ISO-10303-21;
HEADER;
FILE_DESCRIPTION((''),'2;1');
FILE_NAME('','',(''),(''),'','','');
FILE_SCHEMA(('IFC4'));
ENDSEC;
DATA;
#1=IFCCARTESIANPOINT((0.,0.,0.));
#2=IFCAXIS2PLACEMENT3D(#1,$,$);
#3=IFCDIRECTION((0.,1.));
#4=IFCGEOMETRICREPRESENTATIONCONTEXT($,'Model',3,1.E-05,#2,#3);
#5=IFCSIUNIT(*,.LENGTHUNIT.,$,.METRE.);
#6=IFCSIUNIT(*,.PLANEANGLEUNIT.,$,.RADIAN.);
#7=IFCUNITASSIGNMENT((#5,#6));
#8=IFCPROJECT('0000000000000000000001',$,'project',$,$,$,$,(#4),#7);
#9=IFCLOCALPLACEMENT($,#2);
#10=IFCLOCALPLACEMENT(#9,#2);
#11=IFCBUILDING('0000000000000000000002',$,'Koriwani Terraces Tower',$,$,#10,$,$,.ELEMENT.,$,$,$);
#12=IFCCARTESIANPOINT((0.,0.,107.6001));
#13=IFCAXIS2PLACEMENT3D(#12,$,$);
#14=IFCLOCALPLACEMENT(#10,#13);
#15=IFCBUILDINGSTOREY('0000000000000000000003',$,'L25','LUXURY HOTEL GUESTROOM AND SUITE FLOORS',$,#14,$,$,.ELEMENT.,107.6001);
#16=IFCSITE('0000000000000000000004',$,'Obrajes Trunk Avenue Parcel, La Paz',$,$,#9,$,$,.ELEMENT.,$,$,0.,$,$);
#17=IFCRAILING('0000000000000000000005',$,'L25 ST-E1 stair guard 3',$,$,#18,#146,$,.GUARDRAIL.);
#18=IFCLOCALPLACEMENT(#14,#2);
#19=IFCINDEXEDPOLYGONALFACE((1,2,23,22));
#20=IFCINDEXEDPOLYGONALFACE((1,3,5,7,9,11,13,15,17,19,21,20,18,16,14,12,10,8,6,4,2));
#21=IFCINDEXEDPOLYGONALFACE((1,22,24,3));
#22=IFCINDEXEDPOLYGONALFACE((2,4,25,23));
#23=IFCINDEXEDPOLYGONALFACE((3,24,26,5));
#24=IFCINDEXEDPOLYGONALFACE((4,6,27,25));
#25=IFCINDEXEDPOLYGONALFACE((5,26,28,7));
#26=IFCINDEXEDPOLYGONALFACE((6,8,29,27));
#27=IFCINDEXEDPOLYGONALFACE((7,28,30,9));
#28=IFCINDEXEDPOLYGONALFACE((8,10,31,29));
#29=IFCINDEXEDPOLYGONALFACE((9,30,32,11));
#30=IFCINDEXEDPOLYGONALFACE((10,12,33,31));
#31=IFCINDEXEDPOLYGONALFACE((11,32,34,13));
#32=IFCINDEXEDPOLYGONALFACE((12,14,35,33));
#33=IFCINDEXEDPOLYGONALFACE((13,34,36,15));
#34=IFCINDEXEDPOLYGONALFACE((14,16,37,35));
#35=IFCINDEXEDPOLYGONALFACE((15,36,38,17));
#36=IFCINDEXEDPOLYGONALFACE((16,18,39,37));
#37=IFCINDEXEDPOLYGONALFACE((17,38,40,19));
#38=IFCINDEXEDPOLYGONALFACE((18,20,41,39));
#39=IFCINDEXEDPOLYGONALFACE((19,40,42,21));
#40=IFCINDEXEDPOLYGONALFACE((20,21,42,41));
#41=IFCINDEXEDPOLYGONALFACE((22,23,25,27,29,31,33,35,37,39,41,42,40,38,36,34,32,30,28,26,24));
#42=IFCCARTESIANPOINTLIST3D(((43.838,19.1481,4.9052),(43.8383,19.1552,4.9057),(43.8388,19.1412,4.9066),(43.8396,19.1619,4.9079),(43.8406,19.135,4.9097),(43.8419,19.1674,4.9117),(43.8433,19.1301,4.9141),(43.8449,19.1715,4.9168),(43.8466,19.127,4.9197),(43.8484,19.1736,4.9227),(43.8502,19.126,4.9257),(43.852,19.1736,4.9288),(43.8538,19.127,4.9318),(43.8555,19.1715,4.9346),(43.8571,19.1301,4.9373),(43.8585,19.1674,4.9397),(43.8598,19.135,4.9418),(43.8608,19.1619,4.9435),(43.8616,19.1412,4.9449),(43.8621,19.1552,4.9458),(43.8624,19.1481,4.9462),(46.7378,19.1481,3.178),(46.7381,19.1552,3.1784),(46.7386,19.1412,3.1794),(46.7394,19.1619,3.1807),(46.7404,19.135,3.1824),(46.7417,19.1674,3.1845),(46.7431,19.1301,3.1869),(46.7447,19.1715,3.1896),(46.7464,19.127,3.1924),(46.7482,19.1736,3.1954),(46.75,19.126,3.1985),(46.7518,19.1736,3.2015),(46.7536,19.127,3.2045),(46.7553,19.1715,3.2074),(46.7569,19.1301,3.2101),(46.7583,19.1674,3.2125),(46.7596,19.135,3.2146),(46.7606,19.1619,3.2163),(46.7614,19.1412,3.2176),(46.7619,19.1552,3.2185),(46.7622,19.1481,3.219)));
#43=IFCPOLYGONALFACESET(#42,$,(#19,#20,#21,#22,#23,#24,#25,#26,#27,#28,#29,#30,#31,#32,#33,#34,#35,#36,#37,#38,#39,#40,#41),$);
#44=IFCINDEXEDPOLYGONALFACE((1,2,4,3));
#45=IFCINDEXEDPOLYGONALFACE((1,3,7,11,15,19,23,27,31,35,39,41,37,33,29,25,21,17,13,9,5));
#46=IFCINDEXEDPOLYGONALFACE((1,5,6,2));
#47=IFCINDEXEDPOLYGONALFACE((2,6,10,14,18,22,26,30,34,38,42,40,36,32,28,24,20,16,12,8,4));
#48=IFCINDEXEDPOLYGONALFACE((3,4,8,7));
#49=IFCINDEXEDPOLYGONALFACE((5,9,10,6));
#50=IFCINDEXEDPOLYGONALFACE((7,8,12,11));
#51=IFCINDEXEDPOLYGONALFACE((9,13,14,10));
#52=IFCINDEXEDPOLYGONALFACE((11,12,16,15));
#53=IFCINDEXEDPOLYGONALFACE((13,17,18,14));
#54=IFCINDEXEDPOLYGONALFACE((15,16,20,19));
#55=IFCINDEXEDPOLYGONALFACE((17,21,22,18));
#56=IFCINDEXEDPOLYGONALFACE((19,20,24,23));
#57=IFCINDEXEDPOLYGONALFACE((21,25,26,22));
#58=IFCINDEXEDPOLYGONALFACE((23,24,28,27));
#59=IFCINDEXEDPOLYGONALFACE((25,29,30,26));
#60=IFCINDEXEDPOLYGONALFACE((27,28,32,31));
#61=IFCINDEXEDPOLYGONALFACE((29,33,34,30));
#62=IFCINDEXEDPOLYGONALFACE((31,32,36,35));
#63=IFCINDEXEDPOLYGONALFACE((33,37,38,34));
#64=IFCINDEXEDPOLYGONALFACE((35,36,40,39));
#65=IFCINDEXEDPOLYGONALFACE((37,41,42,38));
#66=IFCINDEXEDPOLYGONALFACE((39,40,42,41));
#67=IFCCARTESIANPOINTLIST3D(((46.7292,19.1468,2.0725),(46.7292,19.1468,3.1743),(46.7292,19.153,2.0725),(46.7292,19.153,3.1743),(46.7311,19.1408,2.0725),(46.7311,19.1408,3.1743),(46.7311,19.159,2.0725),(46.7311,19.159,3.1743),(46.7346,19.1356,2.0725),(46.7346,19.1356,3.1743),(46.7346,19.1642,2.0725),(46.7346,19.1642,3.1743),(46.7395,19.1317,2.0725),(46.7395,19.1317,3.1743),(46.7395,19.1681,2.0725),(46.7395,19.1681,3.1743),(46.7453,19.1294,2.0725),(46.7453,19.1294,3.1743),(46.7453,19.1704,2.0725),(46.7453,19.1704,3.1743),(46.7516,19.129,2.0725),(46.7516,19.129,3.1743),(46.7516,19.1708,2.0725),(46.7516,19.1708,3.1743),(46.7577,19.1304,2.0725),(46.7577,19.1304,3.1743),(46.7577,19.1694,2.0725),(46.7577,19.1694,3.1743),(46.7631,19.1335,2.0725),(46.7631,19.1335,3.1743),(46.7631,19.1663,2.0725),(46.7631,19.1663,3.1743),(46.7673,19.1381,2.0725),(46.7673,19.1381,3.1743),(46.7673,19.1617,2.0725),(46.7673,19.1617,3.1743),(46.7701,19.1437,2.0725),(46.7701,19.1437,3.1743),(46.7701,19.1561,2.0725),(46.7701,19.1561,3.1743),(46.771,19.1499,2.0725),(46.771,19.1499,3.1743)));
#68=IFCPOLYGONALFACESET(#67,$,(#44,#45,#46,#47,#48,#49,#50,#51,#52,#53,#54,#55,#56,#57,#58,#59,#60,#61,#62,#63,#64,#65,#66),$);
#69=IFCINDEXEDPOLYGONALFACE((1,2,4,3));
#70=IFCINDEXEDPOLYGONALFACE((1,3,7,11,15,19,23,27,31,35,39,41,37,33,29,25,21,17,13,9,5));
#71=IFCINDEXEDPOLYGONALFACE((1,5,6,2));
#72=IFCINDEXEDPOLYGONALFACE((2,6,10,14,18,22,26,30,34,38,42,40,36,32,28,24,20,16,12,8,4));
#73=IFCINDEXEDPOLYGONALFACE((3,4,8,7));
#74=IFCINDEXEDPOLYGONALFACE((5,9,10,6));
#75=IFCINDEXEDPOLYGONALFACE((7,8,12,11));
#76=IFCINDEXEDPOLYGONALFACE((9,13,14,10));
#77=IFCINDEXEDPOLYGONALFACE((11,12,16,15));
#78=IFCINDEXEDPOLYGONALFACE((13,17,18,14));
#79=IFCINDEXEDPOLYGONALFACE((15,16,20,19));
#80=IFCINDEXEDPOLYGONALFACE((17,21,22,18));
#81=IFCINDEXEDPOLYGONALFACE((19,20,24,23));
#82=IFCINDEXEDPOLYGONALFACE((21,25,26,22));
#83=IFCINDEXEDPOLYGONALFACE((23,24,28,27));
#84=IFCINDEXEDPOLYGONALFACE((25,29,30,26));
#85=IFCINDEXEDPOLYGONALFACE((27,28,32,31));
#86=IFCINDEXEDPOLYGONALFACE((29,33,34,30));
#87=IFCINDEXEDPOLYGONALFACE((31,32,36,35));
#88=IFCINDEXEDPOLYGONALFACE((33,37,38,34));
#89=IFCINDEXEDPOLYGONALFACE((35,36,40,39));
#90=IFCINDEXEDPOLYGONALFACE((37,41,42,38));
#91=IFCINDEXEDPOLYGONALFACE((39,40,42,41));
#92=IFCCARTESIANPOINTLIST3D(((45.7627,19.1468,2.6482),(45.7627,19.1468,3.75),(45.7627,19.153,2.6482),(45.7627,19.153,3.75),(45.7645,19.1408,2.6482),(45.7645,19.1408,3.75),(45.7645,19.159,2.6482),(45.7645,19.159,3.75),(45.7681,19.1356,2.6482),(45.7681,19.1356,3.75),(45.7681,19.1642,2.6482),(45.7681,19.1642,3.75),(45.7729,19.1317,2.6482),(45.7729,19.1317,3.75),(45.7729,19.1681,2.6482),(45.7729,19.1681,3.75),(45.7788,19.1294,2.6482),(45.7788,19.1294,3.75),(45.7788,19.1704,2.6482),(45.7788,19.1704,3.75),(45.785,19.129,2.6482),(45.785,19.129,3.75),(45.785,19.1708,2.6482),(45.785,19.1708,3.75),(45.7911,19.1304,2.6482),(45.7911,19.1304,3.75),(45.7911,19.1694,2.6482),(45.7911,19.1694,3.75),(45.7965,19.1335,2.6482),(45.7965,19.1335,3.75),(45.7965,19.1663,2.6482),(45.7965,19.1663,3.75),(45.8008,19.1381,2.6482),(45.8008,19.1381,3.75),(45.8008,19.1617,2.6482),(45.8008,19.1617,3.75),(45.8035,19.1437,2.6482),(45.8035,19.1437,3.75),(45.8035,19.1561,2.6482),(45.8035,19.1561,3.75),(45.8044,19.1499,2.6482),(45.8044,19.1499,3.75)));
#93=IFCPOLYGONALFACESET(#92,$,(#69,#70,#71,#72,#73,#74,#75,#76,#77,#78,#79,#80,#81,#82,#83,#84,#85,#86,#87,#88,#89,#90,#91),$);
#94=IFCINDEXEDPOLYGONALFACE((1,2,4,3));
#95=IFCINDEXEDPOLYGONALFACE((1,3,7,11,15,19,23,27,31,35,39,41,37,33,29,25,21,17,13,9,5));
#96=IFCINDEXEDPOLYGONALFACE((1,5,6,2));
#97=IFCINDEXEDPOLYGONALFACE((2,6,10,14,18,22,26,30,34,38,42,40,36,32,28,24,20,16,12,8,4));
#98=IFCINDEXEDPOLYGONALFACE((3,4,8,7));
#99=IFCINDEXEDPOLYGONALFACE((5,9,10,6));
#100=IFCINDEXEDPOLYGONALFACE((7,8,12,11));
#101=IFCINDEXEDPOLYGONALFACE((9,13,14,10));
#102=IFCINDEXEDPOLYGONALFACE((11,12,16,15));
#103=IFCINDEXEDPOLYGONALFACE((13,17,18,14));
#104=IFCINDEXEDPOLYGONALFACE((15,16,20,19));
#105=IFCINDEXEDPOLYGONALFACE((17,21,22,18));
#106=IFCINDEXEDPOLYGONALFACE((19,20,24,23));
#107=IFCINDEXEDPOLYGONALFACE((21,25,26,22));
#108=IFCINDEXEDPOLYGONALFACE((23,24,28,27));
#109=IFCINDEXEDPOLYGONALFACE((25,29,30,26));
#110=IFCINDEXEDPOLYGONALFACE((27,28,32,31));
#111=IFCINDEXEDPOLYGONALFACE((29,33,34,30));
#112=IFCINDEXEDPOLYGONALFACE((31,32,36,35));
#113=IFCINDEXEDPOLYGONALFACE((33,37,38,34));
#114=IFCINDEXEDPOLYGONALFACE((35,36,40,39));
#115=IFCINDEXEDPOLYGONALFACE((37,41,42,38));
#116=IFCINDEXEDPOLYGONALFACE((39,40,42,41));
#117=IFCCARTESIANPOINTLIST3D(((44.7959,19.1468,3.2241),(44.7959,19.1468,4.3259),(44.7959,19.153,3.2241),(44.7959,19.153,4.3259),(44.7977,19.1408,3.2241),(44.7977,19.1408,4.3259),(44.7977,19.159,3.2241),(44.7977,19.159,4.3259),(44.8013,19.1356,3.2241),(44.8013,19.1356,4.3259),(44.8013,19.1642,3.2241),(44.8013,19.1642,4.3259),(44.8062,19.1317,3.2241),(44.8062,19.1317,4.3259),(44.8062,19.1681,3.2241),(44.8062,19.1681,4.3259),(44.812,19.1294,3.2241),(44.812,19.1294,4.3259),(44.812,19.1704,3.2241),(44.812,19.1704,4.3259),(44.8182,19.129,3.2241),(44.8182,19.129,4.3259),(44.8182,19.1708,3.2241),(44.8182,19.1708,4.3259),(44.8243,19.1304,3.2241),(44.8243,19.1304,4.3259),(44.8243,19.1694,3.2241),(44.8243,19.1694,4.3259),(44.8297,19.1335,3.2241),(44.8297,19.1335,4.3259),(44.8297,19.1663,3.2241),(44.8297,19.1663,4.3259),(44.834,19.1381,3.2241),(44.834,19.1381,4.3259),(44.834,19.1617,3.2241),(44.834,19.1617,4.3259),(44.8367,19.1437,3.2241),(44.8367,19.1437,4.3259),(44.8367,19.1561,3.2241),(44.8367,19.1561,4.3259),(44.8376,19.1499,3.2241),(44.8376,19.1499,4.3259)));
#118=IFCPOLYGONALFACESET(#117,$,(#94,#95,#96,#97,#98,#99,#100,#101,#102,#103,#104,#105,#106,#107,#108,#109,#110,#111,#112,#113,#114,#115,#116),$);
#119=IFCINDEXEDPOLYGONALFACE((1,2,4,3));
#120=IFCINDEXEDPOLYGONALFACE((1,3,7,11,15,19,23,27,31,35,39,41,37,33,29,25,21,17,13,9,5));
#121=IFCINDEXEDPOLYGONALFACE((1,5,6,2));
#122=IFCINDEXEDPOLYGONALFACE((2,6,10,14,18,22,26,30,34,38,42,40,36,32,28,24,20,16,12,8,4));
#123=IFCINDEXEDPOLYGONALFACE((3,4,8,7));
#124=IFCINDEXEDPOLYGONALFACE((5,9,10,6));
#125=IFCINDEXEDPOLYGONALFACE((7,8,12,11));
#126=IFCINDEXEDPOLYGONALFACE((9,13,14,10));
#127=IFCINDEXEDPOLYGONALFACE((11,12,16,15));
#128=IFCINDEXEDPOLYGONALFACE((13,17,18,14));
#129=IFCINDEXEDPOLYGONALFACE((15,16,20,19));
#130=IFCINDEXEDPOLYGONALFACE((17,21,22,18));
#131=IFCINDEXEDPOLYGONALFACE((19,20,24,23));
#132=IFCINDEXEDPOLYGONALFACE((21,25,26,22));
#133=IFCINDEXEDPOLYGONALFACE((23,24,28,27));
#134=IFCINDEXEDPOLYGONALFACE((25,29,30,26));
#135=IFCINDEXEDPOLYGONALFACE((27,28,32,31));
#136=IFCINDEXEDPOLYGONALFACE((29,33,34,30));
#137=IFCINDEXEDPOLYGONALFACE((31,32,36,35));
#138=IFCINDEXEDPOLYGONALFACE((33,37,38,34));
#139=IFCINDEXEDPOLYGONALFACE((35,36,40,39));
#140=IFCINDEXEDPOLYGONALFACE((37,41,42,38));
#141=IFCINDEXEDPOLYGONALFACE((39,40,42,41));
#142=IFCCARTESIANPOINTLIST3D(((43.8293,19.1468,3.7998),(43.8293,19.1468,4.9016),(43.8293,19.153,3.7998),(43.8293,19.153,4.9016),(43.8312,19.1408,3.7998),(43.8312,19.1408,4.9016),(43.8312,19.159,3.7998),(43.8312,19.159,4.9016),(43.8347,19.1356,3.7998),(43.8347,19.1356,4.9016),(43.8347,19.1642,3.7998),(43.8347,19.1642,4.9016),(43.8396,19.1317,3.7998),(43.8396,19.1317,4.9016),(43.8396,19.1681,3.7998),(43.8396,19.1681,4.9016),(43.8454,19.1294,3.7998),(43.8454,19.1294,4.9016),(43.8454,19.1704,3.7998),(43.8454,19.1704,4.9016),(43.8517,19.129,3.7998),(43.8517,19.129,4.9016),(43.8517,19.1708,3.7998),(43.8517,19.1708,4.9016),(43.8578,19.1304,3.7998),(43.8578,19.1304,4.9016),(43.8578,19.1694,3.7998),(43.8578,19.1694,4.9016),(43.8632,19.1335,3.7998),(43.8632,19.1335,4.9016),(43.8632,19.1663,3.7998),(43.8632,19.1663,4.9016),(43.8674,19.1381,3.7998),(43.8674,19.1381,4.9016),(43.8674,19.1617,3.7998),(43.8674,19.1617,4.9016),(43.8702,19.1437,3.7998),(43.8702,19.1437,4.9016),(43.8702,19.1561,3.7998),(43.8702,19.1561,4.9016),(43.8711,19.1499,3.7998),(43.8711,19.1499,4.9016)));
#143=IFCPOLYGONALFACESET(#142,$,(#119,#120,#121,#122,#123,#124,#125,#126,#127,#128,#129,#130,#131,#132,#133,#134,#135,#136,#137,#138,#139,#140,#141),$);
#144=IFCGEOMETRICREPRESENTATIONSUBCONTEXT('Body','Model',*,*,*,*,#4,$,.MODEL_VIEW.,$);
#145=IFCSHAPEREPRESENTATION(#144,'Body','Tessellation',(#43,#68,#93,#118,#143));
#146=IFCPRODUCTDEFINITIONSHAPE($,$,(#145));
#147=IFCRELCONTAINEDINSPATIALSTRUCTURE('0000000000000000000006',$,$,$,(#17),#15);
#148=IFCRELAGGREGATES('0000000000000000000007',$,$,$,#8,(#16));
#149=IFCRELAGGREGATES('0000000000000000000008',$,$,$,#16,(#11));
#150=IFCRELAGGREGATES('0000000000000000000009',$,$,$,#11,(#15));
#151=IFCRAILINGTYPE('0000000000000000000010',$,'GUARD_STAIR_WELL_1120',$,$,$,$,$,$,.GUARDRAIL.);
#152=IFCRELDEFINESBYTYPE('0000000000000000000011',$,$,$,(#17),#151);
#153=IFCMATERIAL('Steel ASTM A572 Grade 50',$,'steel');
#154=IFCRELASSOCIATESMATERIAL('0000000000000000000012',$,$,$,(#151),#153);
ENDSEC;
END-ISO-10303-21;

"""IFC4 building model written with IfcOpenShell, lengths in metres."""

from ifc_helpers import new_model, si_unit, direction, frame, origin, origin_2d, place, context, subcontext, project, spatial, circle, extrude, material, type_object, element, save


model = new_model("IFC4")

# Units and contexts
model_context = context("Model", 3, precision=1e-05, world=origin(), true_north=direction((0.0, 1.0)))
body_context = subcontext(model_context, "Body", "Model", "MODEL_VIEW")
ifc_project = project(units=[si_unit("LENGTHUNIT", "METRE"), si_unit("PLANEANGLEUNIT", "RADIAN")], contexts=[model_context])

# Site, building, storey
site_placement = place(None, origin())
site = spatial("IfcSite", under=ifc_project, at=site_placement, Name="Obrajes Trunk Avenue Parcel, La Paz", CompositionType="ELEMENT", RefElevation=0.0)
building_placement = place(site_placement, origin())
building = spatial("IfcBuilding", under=site, at=building_placement, Name="Koriwani Terraces Tower", CompositionType="ELEMENT")
storey_placement = place(building_placement, frame((0.0, 0.0, 107.6001)))
storey = spatial("IfcBuildingStorey", under=building, at=storey_placement, Name="L25", Description="LUXURY HOTEL GUESTROOM AND SUITE FLOORS", CompositionType="ELEMENT", Elevation=107.6001)

# Shared definitions
ifc_material_1 = material(Name="Steel ASTM A572 Grade 50", Category="steel")

# Railing
railing_type_1 = type_object("IfcRailingType", Name="GUARD_STAIR_WELL_1120", PredefinedType="GUARDRAIL", material=ifc_material_1)
railing_1_placement = place(storey_placement, frame((46.75, 19.1499, 2.0725)))
element("IfcRailing", 1, at=railing_1_placement, inside=storey, type_object=railing_type_1, Name="L25 ST-E1 stair guard 3", PredefinedType="GUARDRAIL", context=body_context, shape_type="SweptSolid", body=[
    extrude(circle(Radius=0.0239, at=origin_2d()), frame((0.0, 0.0, 1.126), z_axis=(-0.859141, 0.0, 0.511738), x_axis=(0.0, -1.0, 0.0)), (0.0, 0.0, 1.0), 3.3752),
    extrude(circle(Radius=0.021, at=origin_2d()), origin(), (0.0, 0.0, 1.0), 1.1018),
    extrude(circle(Radius=0.021, at=origin_2d()), frame((-0.9666, 0.0, 0.5757)), (0.0, 0.0, 1.0), 1.1018),
    extrude(circle(Radius=0.021, at=origin_2d()), frame((-1.9333, 0.0, 1.1516)), (0.0, 0.0, 1.0), 1.1018),
    extrude(circle(Radius=0.021, at=origin_2d()), frame((-2.8999, 0.0, 1.7273)), (0.0, 0.0, 1.0), 1.1018),
])

save(model, "model.ifc")
